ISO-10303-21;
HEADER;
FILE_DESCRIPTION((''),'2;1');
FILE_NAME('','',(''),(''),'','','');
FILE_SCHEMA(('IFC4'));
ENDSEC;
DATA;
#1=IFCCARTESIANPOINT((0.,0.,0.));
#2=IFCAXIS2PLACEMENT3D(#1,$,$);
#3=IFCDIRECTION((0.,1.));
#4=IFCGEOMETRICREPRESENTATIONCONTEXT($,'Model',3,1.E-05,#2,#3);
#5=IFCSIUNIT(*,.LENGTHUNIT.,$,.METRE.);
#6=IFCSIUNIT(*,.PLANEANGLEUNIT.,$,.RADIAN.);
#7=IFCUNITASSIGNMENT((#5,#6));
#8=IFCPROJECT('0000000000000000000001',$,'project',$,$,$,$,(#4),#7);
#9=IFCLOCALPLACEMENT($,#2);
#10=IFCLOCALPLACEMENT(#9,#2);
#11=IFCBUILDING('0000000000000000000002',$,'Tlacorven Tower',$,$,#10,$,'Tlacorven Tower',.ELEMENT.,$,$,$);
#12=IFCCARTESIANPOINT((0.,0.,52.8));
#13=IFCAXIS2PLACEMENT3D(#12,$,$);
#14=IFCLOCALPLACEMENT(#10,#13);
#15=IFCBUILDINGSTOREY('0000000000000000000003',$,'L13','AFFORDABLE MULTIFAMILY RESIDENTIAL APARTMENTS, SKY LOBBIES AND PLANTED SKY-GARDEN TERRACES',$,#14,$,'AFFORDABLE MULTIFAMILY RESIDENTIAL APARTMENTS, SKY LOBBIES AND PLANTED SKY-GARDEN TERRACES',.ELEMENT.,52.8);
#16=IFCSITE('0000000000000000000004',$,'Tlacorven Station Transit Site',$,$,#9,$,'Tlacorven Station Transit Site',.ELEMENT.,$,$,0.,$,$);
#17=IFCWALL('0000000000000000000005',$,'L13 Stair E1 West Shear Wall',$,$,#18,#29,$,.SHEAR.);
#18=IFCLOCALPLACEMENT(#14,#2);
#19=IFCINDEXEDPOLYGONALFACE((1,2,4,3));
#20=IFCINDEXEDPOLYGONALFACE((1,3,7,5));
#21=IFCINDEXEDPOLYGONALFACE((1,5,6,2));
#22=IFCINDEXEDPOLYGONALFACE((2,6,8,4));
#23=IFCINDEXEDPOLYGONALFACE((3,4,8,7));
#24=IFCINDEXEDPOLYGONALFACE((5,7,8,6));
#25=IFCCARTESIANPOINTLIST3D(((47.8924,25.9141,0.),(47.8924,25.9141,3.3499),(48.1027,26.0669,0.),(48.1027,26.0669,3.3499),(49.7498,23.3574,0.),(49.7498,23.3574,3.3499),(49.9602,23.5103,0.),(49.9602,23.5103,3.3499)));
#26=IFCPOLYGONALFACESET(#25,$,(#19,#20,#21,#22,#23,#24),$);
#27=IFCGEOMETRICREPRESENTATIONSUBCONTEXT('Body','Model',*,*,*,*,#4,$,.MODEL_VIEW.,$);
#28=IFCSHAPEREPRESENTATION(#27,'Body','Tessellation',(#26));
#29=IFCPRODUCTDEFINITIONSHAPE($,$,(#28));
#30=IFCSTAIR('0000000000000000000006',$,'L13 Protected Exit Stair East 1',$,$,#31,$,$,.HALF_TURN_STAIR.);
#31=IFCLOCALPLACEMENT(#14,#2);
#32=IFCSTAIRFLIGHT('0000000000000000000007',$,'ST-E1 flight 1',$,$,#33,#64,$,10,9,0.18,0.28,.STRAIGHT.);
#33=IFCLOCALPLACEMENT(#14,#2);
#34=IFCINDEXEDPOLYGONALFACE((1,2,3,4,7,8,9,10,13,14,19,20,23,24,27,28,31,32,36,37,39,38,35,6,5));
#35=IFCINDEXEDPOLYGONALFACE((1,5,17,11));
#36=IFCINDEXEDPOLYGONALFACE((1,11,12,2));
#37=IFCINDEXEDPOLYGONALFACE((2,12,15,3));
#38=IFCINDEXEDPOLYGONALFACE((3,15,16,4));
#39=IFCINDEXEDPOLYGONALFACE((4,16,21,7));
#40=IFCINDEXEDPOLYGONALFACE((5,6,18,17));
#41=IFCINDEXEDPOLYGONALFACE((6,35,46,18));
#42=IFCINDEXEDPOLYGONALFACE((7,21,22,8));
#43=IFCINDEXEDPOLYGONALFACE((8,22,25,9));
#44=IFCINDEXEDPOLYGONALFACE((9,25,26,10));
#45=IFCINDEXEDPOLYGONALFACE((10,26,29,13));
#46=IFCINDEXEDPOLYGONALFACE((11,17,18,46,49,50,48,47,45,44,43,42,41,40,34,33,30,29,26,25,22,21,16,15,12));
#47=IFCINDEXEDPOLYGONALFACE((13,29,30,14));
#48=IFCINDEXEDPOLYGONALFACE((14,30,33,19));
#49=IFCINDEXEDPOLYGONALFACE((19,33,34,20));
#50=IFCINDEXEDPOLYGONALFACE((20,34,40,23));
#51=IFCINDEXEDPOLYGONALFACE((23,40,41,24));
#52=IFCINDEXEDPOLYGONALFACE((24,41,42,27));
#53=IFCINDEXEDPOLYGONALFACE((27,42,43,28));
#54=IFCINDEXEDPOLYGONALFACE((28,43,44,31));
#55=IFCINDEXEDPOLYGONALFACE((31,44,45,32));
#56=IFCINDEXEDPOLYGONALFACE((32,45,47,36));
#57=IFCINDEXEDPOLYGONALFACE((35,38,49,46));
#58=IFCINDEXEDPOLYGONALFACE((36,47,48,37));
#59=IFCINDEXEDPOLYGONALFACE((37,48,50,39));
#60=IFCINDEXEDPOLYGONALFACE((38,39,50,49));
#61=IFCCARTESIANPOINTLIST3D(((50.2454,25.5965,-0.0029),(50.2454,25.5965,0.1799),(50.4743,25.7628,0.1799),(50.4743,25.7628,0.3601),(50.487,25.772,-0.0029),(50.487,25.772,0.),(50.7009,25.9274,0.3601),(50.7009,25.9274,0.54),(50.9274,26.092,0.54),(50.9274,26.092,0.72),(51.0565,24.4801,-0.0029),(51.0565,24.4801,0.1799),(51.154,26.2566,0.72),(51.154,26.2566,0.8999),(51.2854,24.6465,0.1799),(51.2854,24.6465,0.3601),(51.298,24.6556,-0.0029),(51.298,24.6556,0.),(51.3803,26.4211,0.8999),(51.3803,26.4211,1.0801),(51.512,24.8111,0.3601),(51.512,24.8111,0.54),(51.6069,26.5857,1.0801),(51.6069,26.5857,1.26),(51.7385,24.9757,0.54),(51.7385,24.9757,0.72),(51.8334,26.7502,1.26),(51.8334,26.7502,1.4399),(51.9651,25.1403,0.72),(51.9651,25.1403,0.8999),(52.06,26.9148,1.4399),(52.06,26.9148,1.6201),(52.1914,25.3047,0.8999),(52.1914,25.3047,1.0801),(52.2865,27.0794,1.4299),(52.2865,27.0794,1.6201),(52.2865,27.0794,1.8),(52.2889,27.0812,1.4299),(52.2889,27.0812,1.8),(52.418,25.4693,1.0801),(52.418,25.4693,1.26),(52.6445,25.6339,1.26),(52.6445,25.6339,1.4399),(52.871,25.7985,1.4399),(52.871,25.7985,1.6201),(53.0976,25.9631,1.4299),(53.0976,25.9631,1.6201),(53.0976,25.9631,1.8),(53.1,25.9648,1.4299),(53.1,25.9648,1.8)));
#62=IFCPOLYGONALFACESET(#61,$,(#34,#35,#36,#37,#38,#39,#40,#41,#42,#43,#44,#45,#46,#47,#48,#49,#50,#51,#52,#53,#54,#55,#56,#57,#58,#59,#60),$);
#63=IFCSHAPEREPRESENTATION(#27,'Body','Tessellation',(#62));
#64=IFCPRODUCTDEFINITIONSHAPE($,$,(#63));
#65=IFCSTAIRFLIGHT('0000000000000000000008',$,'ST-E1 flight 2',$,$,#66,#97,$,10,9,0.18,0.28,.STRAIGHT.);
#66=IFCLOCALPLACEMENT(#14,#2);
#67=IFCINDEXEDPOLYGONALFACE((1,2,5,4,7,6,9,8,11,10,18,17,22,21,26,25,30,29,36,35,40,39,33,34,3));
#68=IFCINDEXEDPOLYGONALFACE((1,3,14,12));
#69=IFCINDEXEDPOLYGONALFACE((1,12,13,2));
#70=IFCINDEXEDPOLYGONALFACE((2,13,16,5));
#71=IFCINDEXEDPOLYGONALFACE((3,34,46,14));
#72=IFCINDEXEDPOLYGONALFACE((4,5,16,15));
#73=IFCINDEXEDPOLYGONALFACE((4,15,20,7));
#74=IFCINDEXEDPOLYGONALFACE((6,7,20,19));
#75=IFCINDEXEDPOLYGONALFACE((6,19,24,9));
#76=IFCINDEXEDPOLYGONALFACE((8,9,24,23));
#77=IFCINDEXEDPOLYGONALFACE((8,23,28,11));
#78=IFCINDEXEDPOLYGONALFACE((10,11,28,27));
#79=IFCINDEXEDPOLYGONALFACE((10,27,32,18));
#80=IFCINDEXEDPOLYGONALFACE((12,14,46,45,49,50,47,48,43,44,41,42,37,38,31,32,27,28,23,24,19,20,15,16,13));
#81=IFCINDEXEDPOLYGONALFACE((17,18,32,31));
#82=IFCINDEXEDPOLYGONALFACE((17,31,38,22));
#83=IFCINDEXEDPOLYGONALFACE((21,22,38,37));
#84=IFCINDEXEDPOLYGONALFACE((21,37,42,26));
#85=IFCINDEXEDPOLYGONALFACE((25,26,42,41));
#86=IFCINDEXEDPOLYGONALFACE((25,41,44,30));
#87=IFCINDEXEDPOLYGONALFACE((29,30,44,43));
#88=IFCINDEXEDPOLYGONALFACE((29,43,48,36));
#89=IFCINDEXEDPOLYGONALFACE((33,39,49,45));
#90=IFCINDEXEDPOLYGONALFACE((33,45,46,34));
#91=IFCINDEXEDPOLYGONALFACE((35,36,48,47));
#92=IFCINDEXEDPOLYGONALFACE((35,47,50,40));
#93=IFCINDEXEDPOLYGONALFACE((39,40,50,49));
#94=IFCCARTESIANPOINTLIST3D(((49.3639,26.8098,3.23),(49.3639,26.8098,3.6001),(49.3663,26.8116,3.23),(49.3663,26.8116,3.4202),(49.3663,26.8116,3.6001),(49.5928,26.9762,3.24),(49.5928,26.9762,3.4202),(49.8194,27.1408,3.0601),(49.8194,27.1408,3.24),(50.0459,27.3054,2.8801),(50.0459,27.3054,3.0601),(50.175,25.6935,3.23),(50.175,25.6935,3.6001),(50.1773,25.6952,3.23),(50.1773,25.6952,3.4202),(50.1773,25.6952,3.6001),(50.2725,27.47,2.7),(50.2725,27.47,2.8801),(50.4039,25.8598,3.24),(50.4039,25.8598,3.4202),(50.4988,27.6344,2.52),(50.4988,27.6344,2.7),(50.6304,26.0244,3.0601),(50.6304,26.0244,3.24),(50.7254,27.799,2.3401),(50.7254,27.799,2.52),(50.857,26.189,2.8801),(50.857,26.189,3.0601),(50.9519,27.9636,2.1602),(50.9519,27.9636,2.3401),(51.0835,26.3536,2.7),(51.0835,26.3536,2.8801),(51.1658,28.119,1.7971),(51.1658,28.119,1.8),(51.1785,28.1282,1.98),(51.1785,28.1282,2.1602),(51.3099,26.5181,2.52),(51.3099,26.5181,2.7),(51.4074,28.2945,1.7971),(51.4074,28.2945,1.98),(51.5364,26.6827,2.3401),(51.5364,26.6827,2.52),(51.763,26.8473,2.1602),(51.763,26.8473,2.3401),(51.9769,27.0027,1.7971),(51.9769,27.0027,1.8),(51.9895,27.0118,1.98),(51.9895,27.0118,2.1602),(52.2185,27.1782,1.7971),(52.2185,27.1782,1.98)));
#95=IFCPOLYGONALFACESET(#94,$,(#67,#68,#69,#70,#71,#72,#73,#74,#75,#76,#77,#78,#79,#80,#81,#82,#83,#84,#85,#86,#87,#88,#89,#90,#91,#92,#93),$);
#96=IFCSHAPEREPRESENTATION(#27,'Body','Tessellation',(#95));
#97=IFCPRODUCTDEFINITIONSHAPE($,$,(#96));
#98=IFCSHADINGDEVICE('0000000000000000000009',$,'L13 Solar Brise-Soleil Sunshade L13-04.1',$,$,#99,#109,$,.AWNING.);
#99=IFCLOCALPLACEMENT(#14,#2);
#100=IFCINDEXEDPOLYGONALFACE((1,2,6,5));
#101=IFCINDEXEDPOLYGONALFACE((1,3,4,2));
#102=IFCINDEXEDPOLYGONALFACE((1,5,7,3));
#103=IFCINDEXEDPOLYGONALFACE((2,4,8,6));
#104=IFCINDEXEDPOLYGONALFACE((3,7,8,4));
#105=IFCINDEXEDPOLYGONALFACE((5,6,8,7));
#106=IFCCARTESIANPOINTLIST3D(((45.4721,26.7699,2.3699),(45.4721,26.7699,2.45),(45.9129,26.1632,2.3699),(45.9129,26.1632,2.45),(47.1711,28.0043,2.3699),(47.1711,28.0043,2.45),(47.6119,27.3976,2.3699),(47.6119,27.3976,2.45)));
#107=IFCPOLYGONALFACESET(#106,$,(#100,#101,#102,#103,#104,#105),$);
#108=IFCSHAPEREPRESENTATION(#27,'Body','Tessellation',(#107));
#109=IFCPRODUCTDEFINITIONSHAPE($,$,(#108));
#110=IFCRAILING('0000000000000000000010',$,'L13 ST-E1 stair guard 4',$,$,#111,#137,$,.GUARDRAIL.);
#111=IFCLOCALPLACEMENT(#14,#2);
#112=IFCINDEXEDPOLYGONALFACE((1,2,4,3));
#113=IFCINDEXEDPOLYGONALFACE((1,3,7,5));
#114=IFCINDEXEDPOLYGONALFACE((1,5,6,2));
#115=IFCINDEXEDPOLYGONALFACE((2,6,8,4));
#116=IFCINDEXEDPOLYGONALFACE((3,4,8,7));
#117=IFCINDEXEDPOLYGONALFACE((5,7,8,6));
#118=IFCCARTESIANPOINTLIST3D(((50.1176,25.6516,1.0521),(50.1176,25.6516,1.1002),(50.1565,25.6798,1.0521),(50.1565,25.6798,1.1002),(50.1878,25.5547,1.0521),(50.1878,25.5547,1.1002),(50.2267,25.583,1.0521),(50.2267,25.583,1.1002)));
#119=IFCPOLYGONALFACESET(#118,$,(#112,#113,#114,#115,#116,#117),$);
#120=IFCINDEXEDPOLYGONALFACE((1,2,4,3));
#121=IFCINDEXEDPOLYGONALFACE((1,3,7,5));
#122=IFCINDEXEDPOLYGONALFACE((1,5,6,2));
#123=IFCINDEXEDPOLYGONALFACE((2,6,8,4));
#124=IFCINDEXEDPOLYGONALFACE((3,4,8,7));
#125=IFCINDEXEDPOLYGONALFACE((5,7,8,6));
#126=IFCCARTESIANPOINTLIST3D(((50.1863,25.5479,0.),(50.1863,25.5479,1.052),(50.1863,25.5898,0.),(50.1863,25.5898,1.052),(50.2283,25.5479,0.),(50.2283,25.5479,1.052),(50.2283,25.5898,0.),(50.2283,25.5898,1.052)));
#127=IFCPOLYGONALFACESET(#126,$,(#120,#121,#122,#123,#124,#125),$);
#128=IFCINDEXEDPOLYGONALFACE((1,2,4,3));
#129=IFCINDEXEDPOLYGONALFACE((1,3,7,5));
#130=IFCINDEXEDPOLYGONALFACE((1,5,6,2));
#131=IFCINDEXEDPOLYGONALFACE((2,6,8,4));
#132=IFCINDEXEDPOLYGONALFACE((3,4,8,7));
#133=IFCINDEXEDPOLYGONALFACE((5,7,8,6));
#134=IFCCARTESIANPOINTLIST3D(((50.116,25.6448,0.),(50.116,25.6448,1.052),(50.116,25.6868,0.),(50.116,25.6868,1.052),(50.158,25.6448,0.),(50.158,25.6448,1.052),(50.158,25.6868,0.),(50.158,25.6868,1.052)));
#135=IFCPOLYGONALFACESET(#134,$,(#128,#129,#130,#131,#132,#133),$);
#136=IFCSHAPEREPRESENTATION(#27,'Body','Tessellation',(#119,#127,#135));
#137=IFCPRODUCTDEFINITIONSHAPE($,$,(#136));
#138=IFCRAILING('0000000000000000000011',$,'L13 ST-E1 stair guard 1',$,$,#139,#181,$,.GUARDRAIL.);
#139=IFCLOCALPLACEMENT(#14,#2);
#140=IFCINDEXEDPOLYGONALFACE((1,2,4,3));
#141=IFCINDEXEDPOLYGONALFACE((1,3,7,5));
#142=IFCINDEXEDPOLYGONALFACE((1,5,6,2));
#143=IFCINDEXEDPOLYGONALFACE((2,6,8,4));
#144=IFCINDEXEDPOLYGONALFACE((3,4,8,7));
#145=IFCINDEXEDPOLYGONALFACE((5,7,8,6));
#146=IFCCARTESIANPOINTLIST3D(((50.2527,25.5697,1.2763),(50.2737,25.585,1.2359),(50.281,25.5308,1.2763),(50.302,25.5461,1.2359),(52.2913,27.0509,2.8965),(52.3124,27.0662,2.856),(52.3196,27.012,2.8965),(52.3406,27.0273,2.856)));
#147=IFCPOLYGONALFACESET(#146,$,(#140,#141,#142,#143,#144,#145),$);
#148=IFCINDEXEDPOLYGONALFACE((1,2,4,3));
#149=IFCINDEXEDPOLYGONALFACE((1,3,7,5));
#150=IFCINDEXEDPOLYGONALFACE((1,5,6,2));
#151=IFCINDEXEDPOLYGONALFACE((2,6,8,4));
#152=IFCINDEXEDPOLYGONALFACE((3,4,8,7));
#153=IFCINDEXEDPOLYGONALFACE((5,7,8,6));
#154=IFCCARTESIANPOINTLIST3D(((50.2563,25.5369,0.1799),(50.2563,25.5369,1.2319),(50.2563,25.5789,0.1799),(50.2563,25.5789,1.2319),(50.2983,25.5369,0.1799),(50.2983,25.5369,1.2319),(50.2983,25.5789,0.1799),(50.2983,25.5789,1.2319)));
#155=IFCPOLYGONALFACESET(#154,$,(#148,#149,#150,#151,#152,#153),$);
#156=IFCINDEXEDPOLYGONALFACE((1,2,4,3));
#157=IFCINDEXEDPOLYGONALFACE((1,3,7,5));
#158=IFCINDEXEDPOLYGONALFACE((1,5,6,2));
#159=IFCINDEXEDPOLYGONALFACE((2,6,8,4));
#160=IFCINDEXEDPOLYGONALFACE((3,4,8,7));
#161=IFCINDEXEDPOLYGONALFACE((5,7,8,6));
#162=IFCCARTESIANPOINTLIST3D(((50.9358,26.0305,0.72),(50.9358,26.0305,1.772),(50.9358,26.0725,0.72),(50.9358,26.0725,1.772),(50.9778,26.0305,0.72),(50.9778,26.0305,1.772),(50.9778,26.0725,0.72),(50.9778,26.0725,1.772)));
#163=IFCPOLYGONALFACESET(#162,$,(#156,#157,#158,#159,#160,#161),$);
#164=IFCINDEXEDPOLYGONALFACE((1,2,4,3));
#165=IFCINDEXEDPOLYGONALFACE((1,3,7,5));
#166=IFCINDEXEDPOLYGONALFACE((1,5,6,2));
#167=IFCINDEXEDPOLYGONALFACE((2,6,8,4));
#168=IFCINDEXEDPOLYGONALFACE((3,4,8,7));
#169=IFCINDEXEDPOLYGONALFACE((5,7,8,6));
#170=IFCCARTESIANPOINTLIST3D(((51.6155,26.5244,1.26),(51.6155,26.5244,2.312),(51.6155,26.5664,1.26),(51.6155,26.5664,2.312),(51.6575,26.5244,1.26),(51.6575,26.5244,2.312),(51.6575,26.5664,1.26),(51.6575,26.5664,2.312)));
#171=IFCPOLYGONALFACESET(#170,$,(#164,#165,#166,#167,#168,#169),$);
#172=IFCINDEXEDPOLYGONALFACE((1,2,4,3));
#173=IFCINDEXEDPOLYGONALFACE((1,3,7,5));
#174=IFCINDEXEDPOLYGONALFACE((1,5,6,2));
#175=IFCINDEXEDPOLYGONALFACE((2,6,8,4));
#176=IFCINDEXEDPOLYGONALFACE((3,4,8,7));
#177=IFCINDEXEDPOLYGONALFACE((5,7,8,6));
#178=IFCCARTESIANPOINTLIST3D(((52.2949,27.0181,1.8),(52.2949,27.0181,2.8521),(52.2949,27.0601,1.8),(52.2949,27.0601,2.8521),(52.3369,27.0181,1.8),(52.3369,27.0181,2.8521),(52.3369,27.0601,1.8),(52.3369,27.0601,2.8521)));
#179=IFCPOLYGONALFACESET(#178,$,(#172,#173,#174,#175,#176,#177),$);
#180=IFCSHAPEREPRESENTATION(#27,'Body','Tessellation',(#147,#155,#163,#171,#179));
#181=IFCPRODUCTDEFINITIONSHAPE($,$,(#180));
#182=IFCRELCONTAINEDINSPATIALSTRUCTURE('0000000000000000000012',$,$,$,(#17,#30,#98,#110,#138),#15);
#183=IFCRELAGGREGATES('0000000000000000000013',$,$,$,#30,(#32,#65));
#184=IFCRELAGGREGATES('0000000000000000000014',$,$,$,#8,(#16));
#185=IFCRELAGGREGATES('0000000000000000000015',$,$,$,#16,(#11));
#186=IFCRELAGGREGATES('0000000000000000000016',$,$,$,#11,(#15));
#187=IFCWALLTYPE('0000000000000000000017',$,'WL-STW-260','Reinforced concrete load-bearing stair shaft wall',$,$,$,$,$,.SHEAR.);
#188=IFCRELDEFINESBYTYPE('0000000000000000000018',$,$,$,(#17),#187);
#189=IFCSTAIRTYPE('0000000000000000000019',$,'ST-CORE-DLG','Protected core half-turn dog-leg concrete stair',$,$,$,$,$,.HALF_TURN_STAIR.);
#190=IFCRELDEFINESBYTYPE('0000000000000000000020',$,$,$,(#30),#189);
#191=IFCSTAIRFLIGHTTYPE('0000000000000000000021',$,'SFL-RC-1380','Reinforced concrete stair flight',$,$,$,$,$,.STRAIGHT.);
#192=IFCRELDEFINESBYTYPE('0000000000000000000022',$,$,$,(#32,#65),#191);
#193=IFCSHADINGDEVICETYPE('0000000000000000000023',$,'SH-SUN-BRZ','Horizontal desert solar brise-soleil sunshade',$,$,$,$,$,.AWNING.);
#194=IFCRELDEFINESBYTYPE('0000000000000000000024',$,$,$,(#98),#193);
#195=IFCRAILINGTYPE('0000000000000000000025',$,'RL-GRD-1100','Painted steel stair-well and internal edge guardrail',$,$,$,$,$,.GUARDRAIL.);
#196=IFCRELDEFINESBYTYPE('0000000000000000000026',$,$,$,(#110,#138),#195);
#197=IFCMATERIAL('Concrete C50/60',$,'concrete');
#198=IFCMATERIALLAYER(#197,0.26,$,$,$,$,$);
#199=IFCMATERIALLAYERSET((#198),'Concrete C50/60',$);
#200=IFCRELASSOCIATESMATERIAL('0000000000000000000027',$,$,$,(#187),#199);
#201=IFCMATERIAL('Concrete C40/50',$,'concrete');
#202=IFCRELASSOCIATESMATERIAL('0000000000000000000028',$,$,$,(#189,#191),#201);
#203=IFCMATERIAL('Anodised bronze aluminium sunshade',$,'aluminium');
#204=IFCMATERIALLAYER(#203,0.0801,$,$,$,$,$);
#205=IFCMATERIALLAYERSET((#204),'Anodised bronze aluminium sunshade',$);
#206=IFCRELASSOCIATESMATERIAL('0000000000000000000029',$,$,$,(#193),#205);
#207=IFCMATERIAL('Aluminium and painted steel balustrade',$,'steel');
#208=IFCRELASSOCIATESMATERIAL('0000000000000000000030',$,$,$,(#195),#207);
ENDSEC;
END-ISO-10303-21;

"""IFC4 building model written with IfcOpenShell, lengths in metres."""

from ifc_helpers import new_model, si_unit, direction, frame, frame_2d, origin, origin_2d, place, context, subcontext, project, spatial, polyline, rectangle, outline, extrude, source, transform, mapped, material, layer, layer_set, type_object, element, aggregate, save


model = new_model("IFC4")

# Units and contexts
model_context = context("Model", 3, precision=1e-05, world=origin(), true_north=direction((0.0, 1.0)))
body_context = subcontext(model_context, "Body", "Model", "MODEL_VIEW")
ifc_project = project(units=[si_unit("LENGTHUNIT", "METRE"), si_unit("PLANEANGLEUNIT", "RADIAN")], contexts=[model_context])

# Site, building, storey
site_placement = place(None, origin())
site = spatial("IfcSite", under=ifc_project, at=site_placement, Name="Tlacorven Station Transit Site", LongName="Tlacorven Station Transit Site", CompositionType="ELEMENT", RefElevation=0.0)
building_placement = place(site_placement, origin())
building = spatial("IfcBuilding", under=site, at=building_placement, Name="Tlacorven Tower", LongName="Tlacorven Tower", CompositionType="ELEMENT")
storey_placement = place(building_placement, frame((0.0, 0.0, 52.8)))
storey = spatial("IfcBuildingStorey", under=building, at=storey_placement, Name="L13", Description="AFFORDABLE MULTIFAMILY RESIDENTIAL APARTMENTS, SKY LOBBIES AND PLANTED SKY-GARDEN TERRACES", LongName="AFFORDABLE MULTIFAMILY RESIDENTIAL APARTMENTS, SKY LOBBIES AND PLANTED SKY-GARDEN TERRACES", CompositionType="ELEMENT", Elevation=52.8)

# Shared definitions
ifc_material_1 = material(Name="Concrete C40/50", Category="concrete")

# Shared definitions
ifc_material_2 = material(Name="Concrete C50/60", Category="concrete")
ifc_layer_1 = layer(ifc_material_2, 0.26)
ifc_layer_set_1 = layer_set([ifc_layer_1], Name="Concrete C50/60")
wall_type_1 = type_object("IfcWallType", Name="WL-STW-260", Description="Reinforced concrete load-bearing stair shaft wall", PredefinedType="SHEAR", material=ifc_layer_set_1)

# Wall
wall_1_placement = place(storey_placement, frame((49.855, 23.4338, 0.0), z_axis=(0.0, 0.0, 1.0), x_axis=(-0.587767, 0.80903, 0.0)))
element("IfcWall", 1, at=wall_1_placement, inside=storey, type_object=wall_type_1, Name="L13 Stair E1 West Shear Wall", PredefinedType="SHEAR", context=body_context, shape_type="SweptSolid", body=[
    extrude(rectangle(XDim=3.1602, YDim=0.26, at=frame_2d((1.5801, 0.0))), origin(), (0.0, 0.0, 1.0), 3.3499),
])

# Stair, stair flights
stair_type = type_object("IfcStairType", Name="ST-CORE-DLG", Description="Protected core half-turn dog-leg concrete stair", PredefinedType="HALF_TURN_STAIR", material=ifc_material_1)
stair_placement = place(storey_placement, origin())
stair = element("IfcStair", 2, at=stair_placement, inside=storey, type_object=stair_type, Name="L13 Protected Exit Stair East 1", PredefinedType="HALF_TURN_STAIR")
stair_flight_type = type_object("IfcStairFlightType", Name="SFL-RC-1380", Description="Reinforced concrete stair flight", PredefinedType="STRAIGHT", material=ifc_material_1)
shared_shape_1 = source(origin(), body_context, "Body", "SweptSolid", [
    extrude(outline(polyline([(-0.0029, -0.0029), (-0.0029, 0.1799), (0.28, 0.1799), (0.28, 0.3601), (0.5601, 0.3601), (0.5601, 0.54), (0.8401, 0.54), (0.8401, 0.72), (1.1201, 0.72), (1.1201, 0.8999), (1.3999, 0.8999), (1.3999, 1.0801), (1.6799, 1.0801), (1.6799, 1.26), (1.96, 1.26), (1.96, 1.4399), (2.24, 1.4399), (2.24, 1.6201), (2.52, 1.6201), (2.52, 1.8), (2.5229, 1.8), (2.5229, 1.4299), (2.52, 1.4299), (0.2957, 0.0), (0.2957, -0.0029), (-0.0029, -0.0029)])), frame((0.0, 0.6899, 0.0), z_axis=(0.0, -1.0, 0.0), x_axis=(1.0, 0.0, 0.0)), (0.0, 0.0, 1.0), 1.3799),
])
stair_flight_1_placement = place(storey_placement, frame((50.6533, 25.04, 0.0), z_axis=(0.0, 0.0, 1.0), x_axis=(0.809017, 0.587785, 0.0)))
stair_flight_1 = element("IfcStairFlight", 3, at=stair_flight_1_placement, type_object=stair_flight_type, Name="ST-E1 flight 1", NumberOfRisers=10, NumberOfTreads=9, PredefinedType="STRAIGHT", RiserHeight=0.18, TreadLength=0.28, context=body_context, shape_type="MappedRepresentation", body=[
    mapped(shared_shape_1, transform((0.0, 0.0, 0.0), scale=1.0)),
])
stair_flight_2_placement = place(storey_placement, frame((51.8105, 27.7346, 1.8), z_axis=(0.0, 0.0, 1.0), x_axis=(-0.809017, -0.587785, 0.0)))
stair_flight_2 = element("IfcStairFlight", 4, at=stair_flight_2_placement, type_object=stair_flight_type, Name="ST-E1 flight 2", NumberOfRisers=10, NumberOfTreads=9, PredefinedType="STRAIGHT", RiserHeight=0.18, TreadLength=0.28, context=body_context, shape_type="MappedRepresentation", body=[
    mapped(shared_shape_1, transform((0.0, 0.0, 0.0), scale=1.0)),
])
aggregate(stair, [stair_flight_1, stair_flight_2])

# Shading device
ifc_material_3 = material(Name="Anodised bronze aluminium sunshade", Category="aluminium")
ifc_layer_2 = layer(ifc_material_3, 0.0801)
ifc_layer_set_2 = layer_set([ifc_layer_2], Name="Anodised bronze aluminium sunshade")
shading_device_type = type_object("IfcShadingDeviceType", Name="SH-SUN-BRZ", Description="Horizontal desert solar brise-soleil sunshade", PredefinedType="AWNING", material=ifc_layer_set_2)
shared_shape_2 = source(origin(), body_context, "Body", "SweptSolid", [
    extrude(rectangle(XDim=2.1001, YDim=0.75, at=origin_2d()), origin(), (0.0, 0.0, 1.0), 0.0801),
])
shading_device_placement = place(storey_placement, frame((46.542, 27.0837, 2.3699), z_axis=(0.0, 0.0, 1.0), x_axis=(0.809017, 0.587785, 0.0)))
element("IfcShadingDevice", 5, at=shading_device_placement, inside=storey, type_object=shading_device_type, Name="L13 Solar Brise-Soleil Sunshade L13-04.1", PredefinedType="AWNING", context=body_context, shape_type="MappedRepresentation", body=[
    mapped(shared_shape_2, transform((0.0, 0.0, 0.0), scale=1.0)),
])

# Railings
ifc_material_4 = material(Name="Aluminium and painted steel balustrade", Category="steel")
railing_type_1 = type_object("IfcRailingType", Name="RL-GRD-1100", Description="Painted steel stair-well and internal edge guardrail", PredefinedType="GUARDRAIL", material=ifc_material_4)
shared_shape_3 = source(origin(), body_context, "Body", "SweptSolid", [
    extrude(rectangle(XDim=0.0481, YDim=0.0481, at=origin_2d()), frame((0.0, 0.0, 1.0762), z_axis=(-0.587201, 0.809441, 0.0), x_axis=(-0.809441, -0.587201, 0.0)), (0.0, 0.0, 1.0), 0.1196),
    extrude(rectangle(XDim=0.042, YDim=0.042, at=origin_2d()), origin(), (0.0, 0.0, 1.0), 1.052),
    extrude(rectangle(XDim=0.042, YDim=0.042, at=origin_2d()), frame((-0.0703, 0.0969, 0.0)), (0.0, 0.0, 1.0), 1.052),
])
railing_1_placement = place(storey_placement, frame((50.2073, 25.5688, 0.0)))
element("IfcRailing", 6, at=railing_1_placement, inside=storey, type_object=railing_type_1, Name="L13 ST-E1 stair guard 4", PredefinedType="GUARDRAIL", context=body_context, shape_type="MappedRepresentation", body=[
    mapped(shared_shape_3, transform((0.0, 0.0, 0.0), scale=1.0)),
])
shared_shape_4 = source(origin(), body_context, "Body", "SweptSolid", [
    extrude(rectangle(XDim=0.0481, YDim=0.0481, at=origin_2d()), frame((0.0, 0.0, 1.0762), z_axis=(0.680489, 0.494434, 0.540805), x_axis=(-0.587809, 0.809, 0.0)), (0.0, 0.0, 1.0), 2.9958),
    extrude(rectangle(XDim=0.042, YDim=0.042, at=origin_2d()), origin(), (0.0, 0.0, 1.0), 1.052),
    extrude(rectangle(XDim=0.042, YDim=0.042, at=origin_2d()), frame((0.6794, 0.4937, 0.54)), (0.0, 0.0, 1.0), 1.052),
    extrude(rectangle(XDim=0.042, YDim=0.042, at=origin_2d()), frame((1.3591, 0.9875, 1.0801)), (0.0, 0.0, 1.0), 1.052),
    extrude(rectangle(XDim=0.042, YDim=0.042, at=origin_2d()), frame((2.0386, 1.4812, 1.6201)), (0.0, 0.0, 1.0), 1.052),
])
railing_2_placement = place(storey_placement, frame((50.2773, 25.5579, 0.1799)))
element("IfcRailing", 7, at=railing_2_placement, inside=storey, type_object=railing_type_1, Name="L13 ST-E1 stair guard 1", PredefinedType="GUARDRAIL", context=body_context, shape_type="MappedRepresentation", body=[
    mapped(shared_shape_4, transform((0.0, 0.0, 0.0), scale=1.0)),
])

save(model, "model.ifc")
